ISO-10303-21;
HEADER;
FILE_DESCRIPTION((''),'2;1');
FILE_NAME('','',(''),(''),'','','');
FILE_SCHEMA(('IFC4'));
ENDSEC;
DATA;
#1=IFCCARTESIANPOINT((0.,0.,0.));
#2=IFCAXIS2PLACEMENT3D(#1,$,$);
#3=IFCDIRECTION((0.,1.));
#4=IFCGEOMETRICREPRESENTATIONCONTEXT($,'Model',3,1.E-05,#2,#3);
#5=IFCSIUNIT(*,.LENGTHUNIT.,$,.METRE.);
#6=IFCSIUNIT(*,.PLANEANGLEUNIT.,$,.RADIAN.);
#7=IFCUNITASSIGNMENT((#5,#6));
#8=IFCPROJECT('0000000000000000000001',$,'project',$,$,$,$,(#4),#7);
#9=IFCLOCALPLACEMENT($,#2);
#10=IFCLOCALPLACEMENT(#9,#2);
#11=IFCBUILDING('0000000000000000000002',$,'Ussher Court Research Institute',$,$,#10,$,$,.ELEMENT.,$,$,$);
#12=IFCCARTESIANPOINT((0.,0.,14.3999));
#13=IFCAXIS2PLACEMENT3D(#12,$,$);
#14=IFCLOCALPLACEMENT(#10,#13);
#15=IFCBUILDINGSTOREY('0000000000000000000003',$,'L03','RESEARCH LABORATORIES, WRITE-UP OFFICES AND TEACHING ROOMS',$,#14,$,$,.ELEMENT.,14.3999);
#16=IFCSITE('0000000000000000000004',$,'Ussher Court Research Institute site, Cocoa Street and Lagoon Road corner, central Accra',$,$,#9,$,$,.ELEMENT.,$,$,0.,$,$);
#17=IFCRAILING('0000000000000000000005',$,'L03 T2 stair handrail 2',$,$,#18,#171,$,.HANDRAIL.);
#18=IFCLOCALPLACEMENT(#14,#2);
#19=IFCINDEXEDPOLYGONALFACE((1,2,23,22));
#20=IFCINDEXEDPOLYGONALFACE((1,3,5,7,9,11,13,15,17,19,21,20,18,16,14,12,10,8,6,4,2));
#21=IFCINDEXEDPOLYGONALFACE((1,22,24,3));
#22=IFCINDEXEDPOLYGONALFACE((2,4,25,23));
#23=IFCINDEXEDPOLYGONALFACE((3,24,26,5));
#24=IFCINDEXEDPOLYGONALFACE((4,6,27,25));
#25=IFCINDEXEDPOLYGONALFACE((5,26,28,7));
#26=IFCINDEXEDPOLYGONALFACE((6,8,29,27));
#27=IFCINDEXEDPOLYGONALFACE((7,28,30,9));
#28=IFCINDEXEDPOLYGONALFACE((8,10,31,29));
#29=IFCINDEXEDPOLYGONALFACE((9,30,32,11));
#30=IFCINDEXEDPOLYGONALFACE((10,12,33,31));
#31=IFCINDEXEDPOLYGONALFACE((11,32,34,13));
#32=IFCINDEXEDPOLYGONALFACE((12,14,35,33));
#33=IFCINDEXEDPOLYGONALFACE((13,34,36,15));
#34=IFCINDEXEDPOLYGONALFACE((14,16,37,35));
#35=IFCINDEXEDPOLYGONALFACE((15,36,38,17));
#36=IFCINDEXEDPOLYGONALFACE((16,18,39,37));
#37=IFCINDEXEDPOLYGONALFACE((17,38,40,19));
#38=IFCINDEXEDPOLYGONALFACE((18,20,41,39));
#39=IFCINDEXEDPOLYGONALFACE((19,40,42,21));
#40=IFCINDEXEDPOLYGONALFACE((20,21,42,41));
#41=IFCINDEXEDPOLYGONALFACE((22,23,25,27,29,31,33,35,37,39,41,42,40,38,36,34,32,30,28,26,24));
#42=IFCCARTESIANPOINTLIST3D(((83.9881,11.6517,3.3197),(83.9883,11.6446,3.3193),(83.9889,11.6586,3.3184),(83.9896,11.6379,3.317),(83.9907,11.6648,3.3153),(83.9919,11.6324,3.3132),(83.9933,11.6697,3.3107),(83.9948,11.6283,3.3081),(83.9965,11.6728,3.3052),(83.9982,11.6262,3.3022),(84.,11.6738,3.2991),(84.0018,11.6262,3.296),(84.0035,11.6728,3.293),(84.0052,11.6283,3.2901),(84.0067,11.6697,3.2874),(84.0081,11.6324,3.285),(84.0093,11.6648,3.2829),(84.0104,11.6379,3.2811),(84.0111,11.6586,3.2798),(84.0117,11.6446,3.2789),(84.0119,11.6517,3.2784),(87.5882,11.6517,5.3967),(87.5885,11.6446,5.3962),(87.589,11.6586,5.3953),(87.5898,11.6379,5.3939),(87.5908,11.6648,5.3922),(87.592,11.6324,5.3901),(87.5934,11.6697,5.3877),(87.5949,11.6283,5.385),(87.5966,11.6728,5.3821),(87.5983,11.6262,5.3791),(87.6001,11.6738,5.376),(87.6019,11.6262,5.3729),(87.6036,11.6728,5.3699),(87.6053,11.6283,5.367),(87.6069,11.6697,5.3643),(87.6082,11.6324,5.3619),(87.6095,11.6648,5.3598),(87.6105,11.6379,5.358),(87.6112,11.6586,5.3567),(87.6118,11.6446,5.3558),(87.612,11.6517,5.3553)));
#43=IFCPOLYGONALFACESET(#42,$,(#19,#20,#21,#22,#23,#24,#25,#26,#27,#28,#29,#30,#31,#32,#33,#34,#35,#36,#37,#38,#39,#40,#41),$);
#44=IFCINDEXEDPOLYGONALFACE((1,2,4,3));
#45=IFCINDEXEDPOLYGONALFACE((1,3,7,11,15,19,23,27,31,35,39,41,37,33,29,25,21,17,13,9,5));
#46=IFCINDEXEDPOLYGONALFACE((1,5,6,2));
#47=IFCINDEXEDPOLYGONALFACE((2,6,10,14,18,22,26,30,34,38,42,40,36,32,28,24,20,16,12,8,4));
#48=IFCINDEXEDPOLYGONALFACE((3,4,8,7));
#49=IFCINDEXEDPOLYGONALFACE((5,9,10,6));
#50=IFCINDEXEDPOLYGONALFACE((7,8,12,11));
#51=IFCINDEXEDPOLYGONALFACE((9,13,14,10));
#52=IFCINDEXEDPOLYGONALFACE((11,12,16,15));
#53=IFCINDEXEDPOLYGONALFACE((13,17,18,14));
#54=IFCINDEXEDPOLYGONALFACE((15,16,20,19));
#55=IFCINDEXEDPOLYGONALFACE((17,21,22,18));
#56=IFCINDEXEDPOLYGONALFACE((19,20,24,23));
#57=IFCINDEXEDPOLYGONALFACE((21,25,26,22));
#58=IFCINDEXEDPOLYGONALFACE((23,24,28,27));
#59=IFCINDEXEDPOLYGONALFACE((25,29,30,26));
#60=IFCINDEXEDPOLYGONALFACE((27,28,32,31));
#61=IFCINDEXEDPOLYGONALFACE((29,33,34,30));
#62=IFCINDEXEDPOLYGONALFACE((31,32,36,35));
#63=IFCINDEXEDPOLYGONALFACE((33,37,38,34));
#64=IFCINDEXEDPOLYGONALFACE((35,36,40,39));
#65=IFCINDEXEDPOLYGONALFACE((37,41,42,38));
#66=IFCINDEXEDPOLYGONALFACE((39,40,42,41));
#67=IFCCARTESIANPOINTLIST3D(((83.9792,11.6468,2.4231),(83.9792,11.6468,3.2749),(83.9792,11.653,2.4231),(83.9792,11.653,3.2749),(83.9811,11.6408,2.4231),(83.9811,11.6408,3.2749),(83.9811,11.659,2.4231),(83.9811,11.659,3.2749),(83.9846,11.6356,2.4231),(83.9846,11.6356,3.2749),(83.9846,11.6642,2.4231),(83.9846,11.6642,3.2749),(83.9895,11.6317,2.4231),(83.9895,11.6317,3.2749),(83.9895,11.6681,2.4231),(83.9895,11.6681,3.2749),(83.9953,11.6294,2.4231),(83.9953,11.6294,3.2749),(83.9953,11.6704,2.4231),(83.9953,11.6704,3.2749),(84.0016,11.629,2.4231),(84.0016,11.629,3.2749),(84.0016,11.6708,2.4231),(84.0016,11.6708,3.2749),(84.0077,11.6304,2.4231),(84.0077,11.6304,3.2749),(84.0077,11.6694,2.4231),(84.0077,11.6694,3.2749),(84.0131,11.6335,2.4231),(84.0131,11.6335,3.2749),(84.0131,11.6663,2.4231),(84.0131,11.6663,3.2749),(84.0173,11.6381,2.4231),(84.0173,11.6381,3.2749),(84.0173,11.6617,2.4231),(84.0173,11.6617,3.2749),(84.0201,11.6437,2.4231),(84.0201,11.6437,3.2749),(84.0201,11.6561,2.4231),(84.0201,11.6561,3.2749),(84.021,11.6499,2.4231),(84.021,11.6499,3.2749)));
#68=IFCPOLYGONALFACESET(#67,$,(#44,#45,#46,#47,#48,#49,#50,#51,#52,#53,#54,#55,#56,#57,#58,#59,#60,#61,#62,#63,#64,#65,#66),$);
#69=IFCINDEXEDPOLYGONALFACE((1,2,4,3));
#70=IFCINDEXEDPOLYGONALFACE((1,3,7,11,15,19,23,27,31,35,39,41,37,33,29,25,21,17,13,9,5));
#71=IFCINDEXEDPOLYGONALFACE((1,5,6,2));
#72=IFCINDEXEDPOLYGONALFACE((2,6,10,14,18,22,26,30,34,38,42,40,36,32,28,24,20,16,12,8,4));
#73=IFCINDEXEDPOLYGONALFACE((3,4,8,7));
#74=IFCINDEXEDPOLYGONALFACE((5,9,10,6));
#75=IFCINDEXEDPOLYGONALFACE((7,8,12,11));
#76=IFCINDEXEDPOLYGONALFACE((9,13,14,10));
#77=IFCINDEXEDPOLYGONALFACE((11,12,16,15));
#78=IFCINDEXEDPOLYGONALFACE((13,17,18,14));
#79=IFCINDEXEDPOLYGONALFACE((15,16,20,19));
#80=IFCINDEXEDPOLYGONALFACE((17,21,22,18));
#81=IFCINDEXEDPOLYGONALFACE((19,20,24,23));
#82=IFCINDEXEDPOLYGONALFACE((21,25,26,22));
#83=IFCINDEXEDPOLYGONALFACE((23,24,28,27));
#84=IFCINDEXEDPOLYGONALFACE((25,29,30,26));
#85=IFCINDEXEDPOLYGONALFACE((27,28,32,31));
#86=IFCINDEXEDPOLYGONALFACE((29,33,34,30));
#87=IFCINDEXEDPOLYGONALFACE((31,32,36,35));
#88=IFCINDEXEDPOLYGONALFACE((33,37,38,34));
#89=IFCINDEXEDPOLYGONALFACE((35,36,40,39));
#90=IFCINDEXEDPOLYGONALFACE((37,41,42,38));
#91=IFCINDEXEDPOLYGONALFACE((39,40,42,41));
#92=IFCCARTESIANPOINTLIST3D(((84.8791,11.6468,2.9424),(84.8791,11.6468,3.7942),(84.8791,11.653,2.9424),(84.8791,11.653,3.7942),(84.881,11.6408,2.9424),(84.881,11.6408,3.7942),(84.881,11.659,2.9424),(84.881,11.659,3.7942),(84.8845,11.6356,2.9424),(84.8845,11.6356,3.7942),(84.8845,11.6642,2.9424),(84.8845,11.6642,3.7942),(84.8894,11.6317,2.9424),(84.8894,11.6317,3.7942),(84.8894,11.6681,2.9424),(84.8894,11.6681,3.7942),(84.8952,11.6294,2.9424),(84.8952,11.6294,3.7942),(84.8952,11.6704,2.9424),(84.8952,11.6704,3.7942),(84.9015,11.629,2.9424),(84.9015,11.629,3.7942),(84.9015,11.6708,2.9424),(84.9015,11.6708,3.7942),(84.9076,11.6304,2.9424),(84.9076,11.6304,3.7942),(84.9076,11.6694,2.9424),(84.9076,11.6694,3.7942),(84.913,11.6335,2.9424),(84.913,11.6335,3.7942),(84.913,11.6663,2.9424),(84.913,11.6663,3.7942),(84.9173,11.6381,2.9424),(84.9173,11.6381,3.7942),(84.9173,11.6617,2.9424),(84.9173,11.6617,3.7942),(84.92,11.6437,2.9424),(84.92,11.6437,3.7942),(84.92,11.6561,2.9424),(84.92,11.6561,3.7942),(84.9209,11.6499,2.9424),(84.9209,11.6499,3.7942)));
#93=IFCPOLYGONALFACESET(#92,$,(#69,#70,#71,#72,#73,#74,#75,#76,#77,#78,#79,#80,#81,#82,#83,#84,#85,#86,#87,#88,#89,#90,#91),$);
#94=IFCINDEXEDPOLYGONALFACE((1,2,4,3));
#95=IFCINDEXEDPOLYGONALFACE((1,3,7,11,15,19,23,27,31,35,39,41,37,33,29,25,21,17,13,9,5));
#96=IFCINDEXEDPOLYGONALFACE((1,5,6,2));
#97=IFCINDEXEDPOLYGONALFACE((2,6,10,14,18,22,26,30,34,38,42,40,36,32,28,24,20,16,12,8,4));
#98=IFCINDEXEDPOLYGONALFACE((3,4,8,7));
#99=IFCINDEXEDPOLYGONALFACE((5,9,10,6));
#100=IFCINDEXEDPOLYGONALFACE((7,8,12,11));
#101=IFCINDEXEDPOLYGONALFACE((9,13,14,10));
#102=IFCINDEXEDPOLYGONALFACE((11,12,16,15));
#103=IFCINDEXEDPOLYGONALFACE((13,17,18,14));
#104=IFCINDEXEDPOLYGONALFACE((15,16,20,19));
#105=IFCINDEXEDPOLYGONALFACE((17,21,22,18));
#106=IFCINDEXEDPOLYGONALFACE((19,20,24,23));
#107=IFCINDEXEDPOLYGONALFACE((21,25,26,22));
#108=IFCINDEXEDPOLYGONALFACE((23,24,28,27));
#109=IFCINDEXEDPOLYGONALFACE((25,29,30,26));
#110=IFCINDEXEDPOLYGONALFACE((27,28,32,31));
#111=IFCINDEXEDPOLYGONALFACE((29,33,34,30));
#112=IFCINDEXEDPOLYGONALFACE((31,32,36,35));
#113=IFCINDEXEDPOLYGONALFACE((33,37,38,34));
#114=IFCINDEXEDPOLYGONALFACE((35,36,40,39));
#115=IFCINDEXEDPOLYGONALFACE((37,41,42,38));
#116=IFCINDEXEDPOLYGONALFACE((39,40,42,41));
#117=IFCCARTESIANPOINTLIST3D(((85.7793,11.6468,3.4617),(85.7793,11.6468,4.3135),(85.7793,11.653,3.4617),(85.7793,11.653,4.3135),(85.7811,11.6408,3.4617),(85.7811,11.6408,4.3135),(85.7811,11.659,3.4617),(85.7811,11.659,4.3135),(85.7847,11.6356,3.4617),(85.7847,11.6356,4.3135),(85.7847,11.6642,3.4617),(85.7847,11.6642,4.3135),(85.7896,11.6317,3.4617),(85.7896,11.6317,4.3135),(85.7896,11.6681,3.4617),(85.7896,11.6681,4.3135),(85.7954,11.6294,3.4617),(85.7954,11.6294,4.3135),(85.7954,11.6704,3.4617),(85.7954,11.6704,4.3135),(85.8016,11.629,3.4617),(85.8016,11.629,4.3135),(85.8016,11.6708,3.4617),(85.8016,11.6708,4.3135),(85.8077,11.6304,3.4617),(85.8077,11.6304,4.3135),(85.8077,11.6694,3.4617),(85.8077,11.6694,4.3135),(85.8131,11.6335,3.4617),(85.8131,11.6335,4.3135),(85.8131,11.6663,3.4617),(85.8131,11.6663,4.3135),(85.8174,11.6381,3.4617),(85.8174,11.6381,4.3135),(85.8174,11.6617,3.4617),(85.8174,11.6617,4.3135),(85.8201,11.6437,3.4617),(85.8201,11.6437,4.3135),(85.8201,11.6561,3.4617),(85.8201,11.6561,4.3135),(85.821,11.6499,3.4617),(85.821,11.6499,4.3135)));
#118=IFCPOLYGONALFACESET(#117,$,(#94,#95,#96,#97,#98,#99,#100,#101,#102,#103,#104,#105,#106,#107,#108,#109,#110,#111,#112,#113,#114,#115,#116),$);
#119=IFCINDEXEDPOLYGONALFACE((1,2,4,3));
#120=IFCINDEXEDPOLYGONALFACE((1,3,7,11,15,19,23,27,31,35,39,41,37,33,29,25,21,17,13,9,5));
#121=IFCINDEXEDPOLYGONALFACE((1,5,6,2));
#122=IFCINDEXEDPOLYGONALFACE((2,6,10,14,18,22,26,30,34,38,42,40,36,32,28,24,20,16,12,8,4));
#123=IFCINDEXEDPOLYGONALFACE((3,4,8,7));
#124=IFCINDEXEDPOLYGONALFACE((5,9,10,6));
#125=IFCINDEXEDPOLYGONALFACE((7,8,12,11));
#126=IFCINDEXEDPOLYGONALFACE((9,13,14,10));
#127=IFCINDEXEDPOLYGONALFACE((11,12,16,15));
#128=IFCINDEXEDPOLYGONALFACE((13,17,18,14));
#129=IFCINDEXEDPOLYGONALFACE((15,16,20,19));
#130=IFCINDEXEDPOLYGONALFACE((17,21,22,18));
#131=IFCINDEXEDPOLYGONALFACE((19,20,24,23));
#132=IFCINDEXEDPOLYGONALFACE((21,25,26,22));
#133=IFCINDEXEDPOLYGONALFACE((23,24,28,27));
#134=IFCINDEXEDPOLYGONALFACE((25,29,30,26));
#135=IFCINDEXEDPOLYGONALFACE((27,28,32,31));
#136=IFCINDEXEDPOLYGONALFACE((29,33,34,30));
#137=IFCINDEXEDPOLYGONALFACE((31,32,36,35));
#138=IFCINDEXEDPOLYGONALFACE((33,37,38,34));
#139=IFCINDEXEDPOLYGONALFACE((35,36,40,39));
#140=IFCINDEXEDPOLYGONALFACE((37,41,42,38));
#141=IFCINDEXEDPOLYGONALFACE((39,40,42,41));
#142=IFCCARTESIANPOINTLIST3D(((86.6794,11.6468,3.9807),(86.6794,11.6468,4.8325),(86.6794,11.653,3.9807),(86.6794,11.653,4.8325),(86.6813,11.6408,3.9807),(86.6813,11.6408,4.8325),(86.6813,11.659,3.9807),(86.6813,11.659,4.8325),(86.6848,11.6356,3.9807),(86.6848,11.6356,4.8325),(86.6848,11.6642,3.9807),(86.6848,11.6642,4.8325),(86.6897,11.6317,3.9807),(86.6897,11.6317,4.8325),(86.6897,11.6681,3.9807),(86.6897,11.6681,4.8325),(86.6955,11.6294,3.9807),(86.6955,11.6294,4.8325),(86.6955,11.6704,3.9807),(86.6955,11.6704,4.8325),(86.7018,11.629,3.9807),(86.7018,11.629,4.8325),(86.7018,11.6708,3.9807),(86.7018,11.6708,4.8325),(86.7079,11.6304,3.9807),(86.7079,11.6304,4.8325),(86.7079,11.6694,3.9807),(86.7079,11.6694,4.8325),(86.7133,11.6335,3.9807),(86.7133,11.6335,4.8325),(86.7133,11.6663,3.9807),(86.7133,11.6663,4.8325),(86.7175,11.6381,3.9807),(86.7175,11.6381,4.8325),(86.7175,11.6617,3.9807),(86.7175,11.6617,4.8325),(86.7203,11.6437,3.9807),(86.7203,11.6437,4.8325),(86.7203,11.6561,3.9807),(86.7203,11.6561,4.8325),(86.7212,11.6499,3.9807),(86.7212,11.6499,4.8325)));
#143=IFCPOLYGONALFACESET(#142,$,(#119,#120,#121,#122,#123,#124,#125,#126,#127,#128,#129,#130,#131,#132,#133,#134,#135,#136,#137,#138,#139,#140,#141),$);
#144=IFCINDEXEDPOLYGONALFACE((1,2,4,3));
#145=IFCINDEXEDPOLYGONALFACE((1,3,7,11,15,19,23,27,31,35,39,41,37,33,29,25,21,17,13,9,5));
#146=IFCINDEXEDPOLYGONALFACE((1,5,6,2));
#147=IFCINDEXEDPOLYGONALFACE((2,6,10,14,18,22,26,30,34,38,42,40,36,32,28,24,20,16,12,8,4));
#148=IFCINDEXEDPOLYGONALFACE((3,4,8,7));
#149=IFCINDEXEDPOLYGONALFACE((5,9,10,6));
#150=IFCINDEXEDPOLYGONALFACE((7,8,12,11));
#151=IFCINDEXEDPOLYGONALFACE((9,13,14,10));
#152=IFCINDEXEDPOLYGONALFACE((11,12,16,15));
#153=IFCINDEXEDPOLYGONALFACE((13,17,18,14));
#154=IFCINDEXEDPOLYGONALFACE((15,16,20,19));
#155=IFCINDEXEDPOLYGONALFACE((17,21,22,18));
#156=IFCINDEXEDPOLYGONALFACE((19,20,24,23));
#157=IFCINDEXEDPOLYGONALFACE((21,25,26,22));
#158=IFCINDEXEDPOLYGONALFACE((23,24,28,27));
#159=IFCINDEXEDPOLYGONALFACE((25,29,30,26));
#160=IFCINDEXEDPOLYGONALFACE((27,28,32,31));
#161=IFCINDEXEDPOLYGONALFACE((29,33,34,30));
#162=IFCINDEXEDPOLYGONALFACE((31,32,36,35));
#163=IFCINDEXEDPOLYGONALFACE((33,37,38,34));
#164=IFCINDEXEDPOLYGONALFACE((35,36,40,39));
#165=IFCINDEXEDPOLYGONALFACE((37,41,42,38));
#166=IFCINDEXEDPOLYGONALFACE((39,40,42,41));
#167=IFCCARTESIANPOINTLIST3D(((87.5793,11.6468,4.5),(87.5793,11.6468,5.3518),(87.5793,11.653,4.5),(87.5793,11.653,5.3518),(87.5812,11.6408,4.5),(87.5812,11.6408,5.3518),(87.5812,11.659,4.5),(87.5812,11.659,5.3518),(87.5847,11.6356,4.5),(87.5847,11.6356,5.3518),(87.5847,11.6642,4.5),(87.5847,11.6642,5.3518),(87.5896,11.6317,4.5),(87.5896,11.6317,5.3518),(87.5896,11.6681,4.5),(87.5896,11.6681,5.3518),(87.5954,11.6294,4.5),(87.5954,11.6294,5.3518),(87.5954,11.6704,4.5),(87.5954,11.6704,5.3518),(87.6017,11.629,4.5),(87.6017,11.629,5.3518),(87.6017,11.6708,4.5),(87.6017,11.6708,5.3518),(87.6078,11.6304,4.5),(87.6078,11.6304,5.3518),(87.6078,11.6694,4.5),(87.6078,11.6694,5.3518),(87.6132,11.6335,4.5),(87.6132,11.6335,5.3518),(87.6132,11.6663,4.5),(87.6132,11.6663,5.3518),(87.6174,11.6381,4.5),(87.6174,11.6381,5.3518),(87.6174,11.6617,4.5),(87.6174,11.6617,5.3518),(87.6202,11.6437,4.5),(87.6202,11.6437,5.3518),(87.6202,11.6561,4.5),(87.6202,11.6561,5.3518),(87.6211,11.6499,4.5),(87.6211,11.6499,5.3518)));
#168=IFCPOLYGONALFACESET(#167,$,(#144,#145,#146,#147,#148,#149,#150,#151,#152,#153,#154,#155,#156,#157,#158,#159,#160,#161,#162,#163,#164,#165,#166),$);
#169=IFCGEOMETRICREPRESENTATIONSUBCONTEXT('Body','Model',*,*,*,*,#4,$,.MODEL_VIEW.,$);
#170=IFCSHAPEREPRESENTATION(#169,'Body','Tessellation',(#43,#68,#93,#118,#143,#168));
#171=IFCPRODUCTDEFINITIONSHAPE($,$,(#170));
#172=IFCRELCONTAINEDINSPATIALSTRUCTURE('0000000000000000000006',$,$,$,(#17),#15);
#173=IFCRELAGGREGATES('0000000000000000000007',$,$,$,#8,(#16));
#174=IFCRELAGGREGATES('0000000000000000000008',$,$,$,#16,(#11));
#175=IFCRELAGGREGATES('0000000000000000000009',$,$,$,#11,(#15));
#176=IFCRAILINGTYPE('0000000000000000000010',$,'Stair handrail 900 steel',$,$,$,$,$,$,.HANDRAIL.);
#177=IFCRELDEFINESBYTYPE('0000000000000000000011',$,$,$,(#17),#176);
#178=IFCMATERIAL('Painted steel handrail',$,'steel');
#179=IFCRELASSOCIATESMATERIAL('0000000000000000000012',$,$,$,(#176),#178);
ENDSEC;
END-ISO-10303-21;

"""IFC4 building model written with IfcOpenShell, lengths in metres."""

from ifc_helpers import new_model, si_unit, direction, frame, origin, origin_2d, place, context, subcontext, project, spatial, circle, extrude, material, type_object, element, save


model = new_model("IFC4")

# Units and contexts
model_context = context("Model", 3, precision=1e-05, world=origin(), true_north=direction((0.0, 1.0)))
body_context = subcontext(model_context, "Body", "Model", "MODEL_VIEW")
ifc_project = project(units=[si_unit("LENGTHUNIT", "METRE"), si_unit("PLANEANGLEUNIT", "RADIAN")], contexts=[model_context])

# Site, building, storey
site_placement = place(None, origin())
site = spatial("IfcSite", under=ifc_project, at=site_placement, Name="Ussher Court Research Institute site, Cocoa Street and Lagoon Road corner, central Accra", CompositionType="ELEMENT", RefElevation=0.0)
building_placement = place(site_placement, origin())
building = spatial("IfcBuilding", under=site, at=building_placement, Name="Ussher Court Research Institute", CompositionType="ELEMENT")
storey_placement = place(building_placement, frame((0.0, 0.0, 14.3999)))
storey = spatial("IfcBuildingStorey", under=building, at=storey_placement, Name="L03", Description="RESEARCH LABORATORIES, WRITE-UP OFFICES AND TEACHING ROOMS", CompositionType="ELEMENT", Elevation=14.3999)

# Railing
ifc_material_1 = material(Name="Painted steel handrail", Category="steel")
railing_type_1 = type_object("IfcRailingType", Name="Stair handrail 900 steel", PredefinedType="HANDRAIL", material=ifc_material_1)
railing_1_placement = place(storey_placement, frame((84.0, 11.6499, 2.4231)))
element("IfcRailing", 1, at=railing_1_placement, inside=storey, type_object=railing_type_1, Name="L03 T2 stair handrail 2", PredefinedType="HANDRAIL", context=body_context, shape_type="SweptSolid", body=[
    extrude(circle(Radius=0.0239, at=origin_2d()), frame((0.0, 0.0, 0.876), z_axis=(0.866193, 0.0, 0.499709), x_axis=(0.0, 1.0, 0.0)), (0.0, 0.0, 1.0), 4.1562),
    extrude(circle(Radius=0.021, at=origin_2d()), origin(), (0.0, 0.0, 1.0), 0.8518),
    extrude(circle(Radius=0.021, at=origin_2d()), frame((0.8999, 0.0, 0.5193)), (0.0, 0.0, 1.0), 0.8518),
    extrude(circle(Radius=0.021, at=origin_2d()), frame((1.8, 0.0, 1.0386)), (0.0, 0.0, 1.0), 0.8518),
    extrude(circle(Radius=0.021, at=origin_2d()), frame((2.7002, 0.0, 1.5576)), (0.0, 0.0, 1.0), 0.8518),
    extrude(circle(Radius=0.021, at=origin_2d()), frame((3.6001, 0.0, 2.0769)), (0.0, 0.0, 1.0), 0.8518),
])

save(model, "model.ifc")
